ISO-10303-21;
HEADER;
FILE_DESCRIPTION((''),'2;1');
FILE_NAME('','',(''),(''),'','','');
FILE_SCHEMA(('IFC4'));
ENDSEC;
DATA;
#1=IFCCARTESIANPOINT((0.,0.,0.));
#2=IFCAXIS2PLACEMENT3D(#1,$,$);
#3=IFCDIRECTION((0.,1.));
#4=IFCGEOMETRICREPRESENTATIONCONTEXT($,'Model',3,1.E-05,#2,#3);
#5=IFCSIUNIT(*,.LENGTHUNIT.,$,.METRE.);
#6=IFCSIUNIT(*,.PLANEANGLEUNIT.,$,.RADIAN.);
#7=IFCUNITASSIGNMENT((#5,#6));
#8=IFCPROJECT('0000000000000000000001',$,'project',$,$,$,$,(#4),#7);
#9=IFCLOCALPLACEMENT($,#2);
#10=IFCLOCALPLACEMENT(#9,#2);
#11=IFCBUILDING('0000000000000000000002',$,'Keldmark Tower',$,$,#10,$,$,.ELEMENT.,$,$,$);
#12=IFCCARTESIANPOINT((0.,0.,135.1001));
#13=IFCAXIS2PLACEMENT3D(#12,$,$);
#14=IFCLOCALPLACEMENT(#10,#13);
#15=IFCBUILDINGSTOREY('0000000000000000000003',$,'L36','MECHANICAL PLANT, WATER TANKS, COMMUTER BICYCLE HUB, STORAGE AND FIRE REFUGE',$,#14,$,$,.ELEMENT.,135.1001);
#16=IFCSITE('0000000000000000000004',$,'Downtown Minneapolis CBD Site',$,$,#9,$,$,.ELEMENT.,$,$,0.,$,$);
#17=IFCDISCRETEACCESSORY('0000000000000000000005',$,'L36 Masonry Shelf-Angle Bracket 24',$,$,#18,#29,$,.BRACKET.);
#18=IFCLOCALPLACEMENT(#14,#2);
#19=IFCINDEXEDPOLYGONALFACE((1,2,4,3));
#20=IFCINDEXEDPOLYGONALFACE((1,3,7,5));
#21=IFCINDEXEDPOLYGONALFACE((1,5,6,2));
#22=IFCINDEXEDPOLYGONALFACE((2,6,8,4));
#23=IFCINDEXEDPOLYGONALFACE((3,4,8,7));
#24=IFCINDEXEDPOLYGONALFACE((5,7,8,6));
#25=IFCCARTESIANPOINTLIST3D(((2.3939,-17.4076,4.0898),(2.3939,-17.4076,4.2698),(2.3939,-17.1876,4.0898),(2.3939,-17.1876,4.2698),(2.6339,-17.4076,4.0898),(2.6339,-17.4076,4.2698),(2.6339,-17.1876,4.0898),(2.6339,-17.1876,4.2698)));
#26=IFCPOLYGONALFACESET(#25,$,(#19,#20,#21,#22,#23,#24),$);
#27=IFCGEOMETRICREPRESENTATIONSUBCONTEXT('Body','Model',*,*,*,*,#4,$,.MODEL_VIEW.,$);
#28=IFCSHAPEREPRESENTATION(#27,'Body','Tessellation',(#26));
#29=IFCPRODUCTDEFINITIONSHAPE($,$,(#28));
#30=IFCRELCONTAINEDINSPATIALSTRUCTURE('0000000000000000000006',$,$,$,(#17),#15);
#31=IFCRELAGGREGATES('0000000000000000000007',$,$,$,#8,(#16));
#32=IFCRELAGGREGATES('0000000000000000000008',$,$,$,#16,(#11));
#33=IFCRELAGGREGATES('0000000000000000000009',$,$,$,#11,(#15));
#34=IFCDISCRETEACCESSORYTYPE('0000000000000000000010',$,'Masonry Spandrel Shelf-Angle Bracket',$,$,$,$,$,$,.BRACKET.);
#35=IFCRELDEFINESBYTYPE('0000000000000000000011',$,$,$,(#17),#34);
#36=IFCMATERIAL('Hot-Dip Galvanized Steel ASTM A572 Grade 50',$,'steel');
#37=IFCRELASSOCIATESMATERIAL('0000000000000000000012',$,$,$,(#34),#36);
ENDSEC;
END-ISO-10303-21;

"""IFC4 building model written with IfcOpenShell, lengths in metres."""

from ifc_helpers import new_model, si_unit, direction, frame, origin, origin_2d, place, context, subcontext, project, spatial, rectangle, extrude, material, type_object, element, save


model = new_model("IFC4")

# Units and contexts
model_context = context("Model", 3, precision=1e-05, world=origin(), true_north=direction((0.0, 1.0)))
body_context = subcontext(model_context, "Body", "Model", "MODEL_VIEW")
ifc_project = project(units=[si_unit("LENGTHUNIT", "METRE"), si_unit("PLANEANGLEUNIT", "RADIAN")], contexts=[model_context])

# Site, building, storey
site_placement = place(None, origin())
site = spatial("IfcSite", under=ifc_project, at=site_placement, Name="Downtown Minneapolis CBD Site", CompositionType="ELEMENT", RefElevation=0.0)
building_placement = place(site_placement, origin())
building = spatial("IfcBuilding", under=site, at=building_placement, Name="Keldmark Tower", CompositionType="ELEMENT")
storey_placement = place(building_placement, frame((0.0, 0.0, 135.1001)))
storey = spatial("IfcBuildingStorey", under=building, at=storey_placement, Name="L36", Description="MECHANICAL PLANT, WATER TANKS, COMMUTER BICYCLE HUB, STORAGE AND FIRE REFUGE", CompositionType="ELEMENT", Elevation=135.1001)

# Discrete accessory
ifc_material_1 = material(Name="Hot-Dip Galvanized Steel ASTM A572 Grade 50", Category="steel")
discrete_accessory_type = type_object("IfcDiscreteAccessoryType", Name="Masonry Spandrel Shelf-Angle Bracket", PredefinedType="BRACKET", material=ifc_material_1)
discrete_accessory_placement = place(storey_placement, frame((2.5139, -17.2976, 4.0898), z_axis=(0.0, 0.0, 1.0), x_axis=(1.0, 0.0, 0.0)))
element("IfcDiscreteAccessory", 1, at=discrete_accessory_placement, inside=storey, type_object=discrete_accessory_type, Name="L36 Masonry Shelf-Angle Bracket 24", PredefinedType="BRACKET", context=body_context, shape_type="SweptSolid", body=[
    extrude(rectangle(XDim=0.24, YDim=0.22, at=origin_2d()), origin(), (0.0, 0.0, 1.0), 0.1799),
])

save(model, "model.ifc")
